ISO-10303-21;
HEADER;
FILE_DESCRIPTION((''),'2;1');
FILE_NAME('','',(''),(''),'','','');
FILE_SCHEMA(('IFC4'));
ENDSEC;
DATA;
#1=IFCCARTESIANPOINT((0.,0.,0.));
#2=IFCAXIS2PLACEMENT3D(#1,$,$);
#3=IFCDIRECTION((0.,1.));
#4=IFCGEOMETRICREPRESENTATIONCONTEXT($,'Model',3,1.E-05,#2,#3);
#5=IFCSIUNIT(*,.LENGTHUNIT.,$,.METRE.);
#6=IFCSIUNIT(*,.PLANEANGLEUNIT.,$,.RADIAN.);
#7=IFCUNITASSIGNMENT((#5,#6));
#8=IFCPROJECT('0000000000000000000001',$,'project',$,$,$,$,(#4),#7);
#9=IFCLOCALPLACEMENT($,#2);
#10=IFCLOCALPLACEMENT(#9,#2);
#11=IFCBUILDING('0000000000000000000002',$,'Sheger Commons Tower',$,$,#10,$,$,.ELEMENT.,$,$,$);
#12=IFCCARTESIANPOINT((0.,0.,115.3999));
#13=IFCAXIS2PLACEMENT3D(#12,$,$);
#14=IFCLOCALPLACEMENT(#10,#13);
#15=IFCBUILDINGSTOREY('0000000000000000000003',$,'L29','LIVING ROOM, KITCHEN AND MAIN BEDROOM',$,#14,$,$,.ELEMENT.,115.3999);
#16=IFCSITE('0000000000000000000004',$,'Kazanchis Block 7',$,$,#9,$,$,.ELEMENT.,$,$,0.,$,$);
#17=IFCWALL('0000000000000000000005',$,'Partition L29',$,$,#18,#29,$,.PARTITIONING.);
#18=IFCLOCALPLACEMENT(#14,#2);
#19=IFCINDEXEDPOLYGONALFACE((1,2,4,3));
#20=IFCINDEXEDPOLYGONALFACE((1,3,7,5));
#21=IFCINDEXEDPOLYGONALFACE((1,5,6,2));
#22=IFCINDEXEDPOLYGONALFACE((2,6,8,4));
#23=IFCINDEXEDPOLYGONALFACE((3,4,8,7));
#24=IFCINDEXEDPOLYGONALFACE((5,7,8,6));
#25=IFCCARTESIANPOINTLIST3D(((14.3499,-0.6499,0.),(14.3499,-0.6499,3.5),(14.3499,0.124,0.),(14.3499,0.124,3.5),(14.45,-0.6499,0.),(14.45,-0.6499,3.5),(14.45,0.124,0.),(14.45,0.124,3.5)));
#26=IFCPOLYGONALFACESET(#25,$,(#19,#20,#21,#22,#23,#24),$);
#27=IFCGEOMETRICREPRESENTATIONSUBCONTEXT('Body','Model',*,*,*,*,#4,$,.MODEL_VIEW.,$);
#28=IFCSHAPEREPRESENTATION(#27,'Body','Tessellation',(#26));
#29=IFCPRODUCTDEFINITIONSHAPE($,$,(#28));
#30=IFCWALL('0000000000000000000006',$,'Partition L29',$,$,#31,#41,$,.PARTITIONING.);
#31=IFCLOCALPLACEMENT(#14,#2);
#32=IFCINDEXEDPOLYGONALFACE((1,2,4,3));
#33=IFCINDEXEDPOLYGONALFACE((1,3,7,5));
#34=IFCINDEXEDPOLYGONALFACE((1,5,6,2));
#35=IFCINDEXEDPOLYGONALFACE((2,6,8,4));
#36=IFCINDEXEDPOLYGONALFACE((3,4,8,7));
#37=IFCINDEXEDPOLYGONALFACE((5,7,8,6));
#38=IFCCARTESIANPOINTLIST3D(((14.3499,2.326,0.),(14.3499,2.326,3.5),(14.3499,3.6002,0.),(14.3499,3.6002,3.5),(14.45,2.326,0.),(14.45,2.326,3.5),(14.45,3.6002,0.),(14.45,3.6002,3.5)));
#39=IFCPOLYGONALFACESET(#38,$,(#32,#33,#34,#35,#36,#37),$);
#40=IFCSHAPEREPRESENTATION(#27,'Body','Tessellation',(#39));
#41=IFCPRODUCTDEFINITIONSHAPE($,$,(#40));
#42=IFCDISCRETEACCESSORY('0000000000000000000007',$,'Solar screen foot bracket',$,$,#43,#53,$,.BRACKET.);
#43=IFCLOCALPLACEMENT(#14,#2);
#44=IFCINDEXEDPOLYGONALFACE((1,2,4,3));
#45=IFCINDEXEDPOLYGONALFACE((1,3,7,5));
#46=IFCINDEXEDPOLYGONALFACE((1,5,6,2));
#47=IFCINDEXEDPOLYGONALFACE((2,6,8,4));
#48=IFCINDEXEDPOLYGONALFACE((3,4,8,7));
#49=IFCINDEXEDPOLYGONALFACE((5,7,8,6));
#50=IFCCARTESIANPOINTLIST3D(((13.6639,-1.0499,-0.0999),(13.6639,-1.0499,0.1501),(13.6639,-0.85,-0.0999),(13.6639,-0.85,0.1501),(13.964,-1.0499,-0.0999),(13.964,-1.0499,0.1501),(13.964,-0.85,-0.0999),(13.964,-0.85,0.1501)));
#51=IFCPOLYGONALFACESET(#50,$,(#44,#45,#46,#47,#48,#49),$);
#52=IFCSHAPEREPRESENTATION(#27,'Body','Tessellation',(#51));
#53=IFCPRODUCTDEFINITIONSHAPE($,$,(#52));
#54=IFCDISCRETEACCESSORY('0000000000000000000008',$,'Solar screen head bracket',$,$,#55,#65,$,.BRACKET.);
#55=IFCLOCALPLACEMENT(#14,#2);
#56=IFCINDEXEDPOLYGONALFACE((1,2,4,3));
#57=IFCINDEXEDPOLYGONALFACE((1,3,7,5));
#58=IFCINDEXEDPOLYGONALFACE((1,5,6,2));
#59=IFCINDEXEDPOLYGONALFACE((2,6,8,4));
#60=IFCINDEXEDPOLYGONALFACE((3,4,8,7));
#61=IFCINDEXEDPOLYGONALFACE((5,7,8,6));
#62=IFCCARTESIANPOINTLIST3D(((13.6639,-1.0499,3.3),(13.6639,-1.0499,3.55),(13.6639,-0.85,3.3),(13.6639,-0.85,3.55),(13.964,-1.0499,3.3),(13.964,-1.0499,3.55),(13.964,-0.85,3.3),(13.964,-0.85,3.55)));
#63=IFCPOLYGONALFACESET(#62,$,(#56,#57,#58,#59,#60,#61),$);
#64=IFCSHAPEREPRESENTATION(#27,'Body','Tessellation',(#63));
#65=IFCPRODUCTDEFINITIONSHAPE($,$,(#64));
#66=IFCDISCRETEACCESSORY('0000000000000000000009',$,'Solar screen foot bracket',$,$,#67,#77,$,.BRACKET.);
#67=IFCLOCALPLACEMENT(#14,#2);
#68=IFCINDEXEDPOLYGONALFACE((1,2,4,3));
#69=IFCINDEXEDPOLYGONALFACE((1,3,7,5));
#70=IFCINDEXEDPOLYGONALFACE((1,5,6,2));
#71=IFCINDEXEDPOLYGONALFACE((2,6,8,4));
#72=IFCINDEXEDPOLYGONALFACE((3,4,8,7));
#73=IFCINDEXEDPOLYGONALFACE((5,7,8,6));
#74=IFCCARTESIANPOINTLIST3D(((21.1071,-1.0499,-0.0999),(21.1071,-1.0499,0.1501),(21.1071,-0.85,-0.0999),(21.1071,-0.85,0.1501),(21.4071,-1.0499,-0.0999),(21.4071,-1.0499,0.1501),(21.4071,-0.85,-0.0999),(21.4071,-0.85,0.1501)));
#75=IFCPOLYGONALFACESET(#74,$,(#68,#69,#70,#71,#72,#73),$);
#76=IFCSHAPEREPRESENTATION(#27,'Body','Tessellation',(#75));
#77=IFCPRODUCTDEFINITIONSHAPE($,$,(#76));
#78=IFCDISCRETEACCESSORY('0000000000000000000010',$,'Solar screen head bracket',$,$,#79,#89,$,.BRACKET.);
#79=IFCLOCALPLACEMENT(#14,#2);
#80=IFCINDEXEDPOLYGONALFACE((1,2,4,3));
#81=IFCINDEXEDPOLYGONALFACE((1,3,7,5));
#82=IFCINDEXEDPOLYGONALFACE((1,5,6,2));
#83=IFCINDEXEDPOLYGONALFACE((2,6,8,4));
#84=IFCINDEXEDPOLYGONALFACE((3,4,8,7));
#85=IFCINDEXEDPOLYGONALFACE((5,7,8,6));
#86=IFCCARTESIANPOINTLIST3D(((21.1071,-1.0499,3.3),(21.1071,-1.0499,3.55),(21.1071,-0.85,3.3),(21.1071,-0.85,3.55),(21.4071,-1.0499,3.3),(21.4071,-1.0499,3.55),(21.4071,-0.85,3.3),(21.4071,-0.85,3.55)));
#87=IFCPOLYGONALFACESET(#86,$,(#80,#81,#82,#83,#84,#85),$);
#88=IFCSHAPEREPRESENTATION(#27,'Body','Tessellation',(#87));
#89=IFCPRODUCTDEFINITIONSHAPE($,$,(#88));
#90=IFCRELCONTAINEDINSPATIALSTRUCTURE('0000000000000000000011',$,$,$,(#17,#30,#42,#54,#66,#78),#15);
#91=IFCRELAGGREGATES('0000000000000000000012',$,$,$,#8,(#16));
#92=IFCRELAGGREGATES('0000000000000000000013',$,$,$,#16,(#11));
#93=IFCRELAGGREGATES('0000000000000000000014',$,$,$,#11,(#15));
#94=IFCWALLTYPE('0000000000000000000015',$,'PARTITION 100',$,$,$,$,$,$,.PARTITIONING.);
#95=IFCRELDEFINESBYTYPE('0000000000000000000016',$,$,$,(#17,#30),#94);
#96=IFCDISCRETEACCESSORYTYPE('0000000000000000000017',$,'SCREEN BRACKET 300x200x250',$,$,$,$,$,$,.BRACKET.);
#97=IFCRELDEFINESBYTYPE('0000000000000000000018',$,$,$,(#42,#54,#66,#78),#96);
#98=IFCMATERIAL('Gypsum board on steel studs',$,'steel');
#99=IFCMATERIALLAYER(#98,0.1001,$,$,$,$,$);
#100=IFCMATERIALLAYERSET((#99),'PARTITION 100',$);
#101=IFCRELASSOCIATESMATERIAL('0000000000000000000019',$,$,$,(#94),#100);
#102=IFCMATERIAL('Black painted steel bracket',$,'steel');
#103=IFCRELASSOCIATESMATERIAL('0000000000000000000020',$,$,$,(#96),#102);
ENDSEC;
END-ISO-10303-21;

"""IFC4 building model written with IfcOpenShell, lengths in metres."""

from ifc_helpers import new_model, si_unit, direction, frame, frame_2d, origin, origin_2d, place, context, subcontext, project, spatial, rectangle, extrude, material, layer, layer_set, type_object, element, save


model = new_model("IFC4")

# Units and contexts
model_context = context("Model", 3, precision=1e-05, world=origin(), true_north=direction((0.0, 1.0)))
body_context = subcontext(model_context, "Body", "Model", "MODEL_VIEW")
ifc_project = project(units=[si_unit("LENGTHUNIT", "METRE"), si_unit("PLANEANGLEUNIT", "RADIAN")], contexts=[model_context])

# Site, building, storey
site_placement = place(None, origin())
site = spatial("IfcSite", under=ifc_project, at=site_placement, Name="Kazanchis Block 7", CompositionType="ELEMENT", RefElevation=0.0)
building_placement = place(site_placement, origin())
building = spatial("IfcBuilding", under=site, at=building_placement, Name="Sheger Commons Tower", CompositionType="ELEMENT")
storey_placement = place(building_placement, frame((0.0, 0.0, 115.3999)))
storey = spatial("IfcBuildingStorey", under=building, at=storey_placement, Name="L29", Description="LIVING ROOM, KITCHEN AND MAIN BEDROOM", CompositionType="ELEMENT", Elevation=115.3999)

# Shared definitions
ifc_material_1 = material(Name="Gypsum board on steel studs", Category="steel")
ifc_layer_1 = layer(ifc_material_1, 0.1001)
ifc_layer_set_1 = layer_set([ifc_layer_1], Name="PARTITION 100")
wall_type_1 = type_object("IfcWallType", Name="PARTITION 100", PredefinedType="PARTITIONING", material=ifc_layer_set_1)

# Walls
wall_1_placement = place(storey_placement, frame((14.3999, -0.6499, 0.0), z_axis=(0.0, 0.0, 1.0), x_axis=(0.0, 1.0, 0.0)))
element("IfcWall", 1, at=wall_1_placement, inside=storey, type_object=wall_type_1, Name="Partition L29", PredefinedType="PARTITIONING", context=body_context, shape_type="SweptSolid", body=[
    extrude(rectangle(XDim=0.7739, YDim=0.1001, at=frame_2d((0.387, 0.0))), origin(), (0.0, 0.0, 1.0), 3.5),
])
wall_2_placement = place(storey_placement, frame((14.3999, 2.3259, 0.0), z_axis=(0.0, 0.0, 1.0), x_axis=(0.0, 1.0, 0.0)))
element("IfcWall", 2, at=wall_2_placement, inside=storey, type_object=wall_type_1, Name="Partition L29", PredefinedType="PARTITIONING", context=body_context, shape_type="SweptSolid", body=[
    extrude(rectangle(XDim=1.2742, YDim=0.1001, at=frame_2d((0.6372, 0.0))), origin(), (0.0, 0.0, 1.0), 3.5),
])

# Discrete accessories
ifc_material_2 = material(Name="Black painted steel bracket", Category="steel")
discrete_accessory_type = type_object("IfcDiscreteAccessoryType", Name="SCREEN BRACKET 300x200x250", PredefinedType="BRACKET", material=ifc_material_2)
for number, where, z_axis, x_axis, name in (
    (3, (13.814, -0.95, -0.0999), (0.0, 0.0, 1.0), (1.0, 0.0, 0.0), "Solar screen foot bracket"),
    (4, (13.814, -0.95, 3.3), (0.0, 0.0, 1.0), (1.0, 0.0, 0.0), "Solar screen head bracket"),
    (5, (21.2571, -0.95, -0.0999), (0.0, 0.0, 1.0), (1.0, 0.0, 0.0), "Solar screen foot bracket"),
    (6, (21.2571, -0.95, 3.3), (0.0, 0.0, 1.0), (1.0, 0.0, 0.0), "Solar screen head bracket"),
):
    element("IfcDiscreteAccessory", number, at=place(storey_placement, frame(where, z_axis=z_axis, x_axis=x_axis)), inside=storey, type_object=discrete_accessory_type, Name=name, PredefinedType="BRACKET", context=body_context, shape_type="SweptSolid", body=[
        extrude(rectangle(XDim=0.3, YDim=0.2, at=origin_2d()), origin(), (0.0, 0.0, 1.0), 0.25),
    ])

save(model, "model.ifc")
